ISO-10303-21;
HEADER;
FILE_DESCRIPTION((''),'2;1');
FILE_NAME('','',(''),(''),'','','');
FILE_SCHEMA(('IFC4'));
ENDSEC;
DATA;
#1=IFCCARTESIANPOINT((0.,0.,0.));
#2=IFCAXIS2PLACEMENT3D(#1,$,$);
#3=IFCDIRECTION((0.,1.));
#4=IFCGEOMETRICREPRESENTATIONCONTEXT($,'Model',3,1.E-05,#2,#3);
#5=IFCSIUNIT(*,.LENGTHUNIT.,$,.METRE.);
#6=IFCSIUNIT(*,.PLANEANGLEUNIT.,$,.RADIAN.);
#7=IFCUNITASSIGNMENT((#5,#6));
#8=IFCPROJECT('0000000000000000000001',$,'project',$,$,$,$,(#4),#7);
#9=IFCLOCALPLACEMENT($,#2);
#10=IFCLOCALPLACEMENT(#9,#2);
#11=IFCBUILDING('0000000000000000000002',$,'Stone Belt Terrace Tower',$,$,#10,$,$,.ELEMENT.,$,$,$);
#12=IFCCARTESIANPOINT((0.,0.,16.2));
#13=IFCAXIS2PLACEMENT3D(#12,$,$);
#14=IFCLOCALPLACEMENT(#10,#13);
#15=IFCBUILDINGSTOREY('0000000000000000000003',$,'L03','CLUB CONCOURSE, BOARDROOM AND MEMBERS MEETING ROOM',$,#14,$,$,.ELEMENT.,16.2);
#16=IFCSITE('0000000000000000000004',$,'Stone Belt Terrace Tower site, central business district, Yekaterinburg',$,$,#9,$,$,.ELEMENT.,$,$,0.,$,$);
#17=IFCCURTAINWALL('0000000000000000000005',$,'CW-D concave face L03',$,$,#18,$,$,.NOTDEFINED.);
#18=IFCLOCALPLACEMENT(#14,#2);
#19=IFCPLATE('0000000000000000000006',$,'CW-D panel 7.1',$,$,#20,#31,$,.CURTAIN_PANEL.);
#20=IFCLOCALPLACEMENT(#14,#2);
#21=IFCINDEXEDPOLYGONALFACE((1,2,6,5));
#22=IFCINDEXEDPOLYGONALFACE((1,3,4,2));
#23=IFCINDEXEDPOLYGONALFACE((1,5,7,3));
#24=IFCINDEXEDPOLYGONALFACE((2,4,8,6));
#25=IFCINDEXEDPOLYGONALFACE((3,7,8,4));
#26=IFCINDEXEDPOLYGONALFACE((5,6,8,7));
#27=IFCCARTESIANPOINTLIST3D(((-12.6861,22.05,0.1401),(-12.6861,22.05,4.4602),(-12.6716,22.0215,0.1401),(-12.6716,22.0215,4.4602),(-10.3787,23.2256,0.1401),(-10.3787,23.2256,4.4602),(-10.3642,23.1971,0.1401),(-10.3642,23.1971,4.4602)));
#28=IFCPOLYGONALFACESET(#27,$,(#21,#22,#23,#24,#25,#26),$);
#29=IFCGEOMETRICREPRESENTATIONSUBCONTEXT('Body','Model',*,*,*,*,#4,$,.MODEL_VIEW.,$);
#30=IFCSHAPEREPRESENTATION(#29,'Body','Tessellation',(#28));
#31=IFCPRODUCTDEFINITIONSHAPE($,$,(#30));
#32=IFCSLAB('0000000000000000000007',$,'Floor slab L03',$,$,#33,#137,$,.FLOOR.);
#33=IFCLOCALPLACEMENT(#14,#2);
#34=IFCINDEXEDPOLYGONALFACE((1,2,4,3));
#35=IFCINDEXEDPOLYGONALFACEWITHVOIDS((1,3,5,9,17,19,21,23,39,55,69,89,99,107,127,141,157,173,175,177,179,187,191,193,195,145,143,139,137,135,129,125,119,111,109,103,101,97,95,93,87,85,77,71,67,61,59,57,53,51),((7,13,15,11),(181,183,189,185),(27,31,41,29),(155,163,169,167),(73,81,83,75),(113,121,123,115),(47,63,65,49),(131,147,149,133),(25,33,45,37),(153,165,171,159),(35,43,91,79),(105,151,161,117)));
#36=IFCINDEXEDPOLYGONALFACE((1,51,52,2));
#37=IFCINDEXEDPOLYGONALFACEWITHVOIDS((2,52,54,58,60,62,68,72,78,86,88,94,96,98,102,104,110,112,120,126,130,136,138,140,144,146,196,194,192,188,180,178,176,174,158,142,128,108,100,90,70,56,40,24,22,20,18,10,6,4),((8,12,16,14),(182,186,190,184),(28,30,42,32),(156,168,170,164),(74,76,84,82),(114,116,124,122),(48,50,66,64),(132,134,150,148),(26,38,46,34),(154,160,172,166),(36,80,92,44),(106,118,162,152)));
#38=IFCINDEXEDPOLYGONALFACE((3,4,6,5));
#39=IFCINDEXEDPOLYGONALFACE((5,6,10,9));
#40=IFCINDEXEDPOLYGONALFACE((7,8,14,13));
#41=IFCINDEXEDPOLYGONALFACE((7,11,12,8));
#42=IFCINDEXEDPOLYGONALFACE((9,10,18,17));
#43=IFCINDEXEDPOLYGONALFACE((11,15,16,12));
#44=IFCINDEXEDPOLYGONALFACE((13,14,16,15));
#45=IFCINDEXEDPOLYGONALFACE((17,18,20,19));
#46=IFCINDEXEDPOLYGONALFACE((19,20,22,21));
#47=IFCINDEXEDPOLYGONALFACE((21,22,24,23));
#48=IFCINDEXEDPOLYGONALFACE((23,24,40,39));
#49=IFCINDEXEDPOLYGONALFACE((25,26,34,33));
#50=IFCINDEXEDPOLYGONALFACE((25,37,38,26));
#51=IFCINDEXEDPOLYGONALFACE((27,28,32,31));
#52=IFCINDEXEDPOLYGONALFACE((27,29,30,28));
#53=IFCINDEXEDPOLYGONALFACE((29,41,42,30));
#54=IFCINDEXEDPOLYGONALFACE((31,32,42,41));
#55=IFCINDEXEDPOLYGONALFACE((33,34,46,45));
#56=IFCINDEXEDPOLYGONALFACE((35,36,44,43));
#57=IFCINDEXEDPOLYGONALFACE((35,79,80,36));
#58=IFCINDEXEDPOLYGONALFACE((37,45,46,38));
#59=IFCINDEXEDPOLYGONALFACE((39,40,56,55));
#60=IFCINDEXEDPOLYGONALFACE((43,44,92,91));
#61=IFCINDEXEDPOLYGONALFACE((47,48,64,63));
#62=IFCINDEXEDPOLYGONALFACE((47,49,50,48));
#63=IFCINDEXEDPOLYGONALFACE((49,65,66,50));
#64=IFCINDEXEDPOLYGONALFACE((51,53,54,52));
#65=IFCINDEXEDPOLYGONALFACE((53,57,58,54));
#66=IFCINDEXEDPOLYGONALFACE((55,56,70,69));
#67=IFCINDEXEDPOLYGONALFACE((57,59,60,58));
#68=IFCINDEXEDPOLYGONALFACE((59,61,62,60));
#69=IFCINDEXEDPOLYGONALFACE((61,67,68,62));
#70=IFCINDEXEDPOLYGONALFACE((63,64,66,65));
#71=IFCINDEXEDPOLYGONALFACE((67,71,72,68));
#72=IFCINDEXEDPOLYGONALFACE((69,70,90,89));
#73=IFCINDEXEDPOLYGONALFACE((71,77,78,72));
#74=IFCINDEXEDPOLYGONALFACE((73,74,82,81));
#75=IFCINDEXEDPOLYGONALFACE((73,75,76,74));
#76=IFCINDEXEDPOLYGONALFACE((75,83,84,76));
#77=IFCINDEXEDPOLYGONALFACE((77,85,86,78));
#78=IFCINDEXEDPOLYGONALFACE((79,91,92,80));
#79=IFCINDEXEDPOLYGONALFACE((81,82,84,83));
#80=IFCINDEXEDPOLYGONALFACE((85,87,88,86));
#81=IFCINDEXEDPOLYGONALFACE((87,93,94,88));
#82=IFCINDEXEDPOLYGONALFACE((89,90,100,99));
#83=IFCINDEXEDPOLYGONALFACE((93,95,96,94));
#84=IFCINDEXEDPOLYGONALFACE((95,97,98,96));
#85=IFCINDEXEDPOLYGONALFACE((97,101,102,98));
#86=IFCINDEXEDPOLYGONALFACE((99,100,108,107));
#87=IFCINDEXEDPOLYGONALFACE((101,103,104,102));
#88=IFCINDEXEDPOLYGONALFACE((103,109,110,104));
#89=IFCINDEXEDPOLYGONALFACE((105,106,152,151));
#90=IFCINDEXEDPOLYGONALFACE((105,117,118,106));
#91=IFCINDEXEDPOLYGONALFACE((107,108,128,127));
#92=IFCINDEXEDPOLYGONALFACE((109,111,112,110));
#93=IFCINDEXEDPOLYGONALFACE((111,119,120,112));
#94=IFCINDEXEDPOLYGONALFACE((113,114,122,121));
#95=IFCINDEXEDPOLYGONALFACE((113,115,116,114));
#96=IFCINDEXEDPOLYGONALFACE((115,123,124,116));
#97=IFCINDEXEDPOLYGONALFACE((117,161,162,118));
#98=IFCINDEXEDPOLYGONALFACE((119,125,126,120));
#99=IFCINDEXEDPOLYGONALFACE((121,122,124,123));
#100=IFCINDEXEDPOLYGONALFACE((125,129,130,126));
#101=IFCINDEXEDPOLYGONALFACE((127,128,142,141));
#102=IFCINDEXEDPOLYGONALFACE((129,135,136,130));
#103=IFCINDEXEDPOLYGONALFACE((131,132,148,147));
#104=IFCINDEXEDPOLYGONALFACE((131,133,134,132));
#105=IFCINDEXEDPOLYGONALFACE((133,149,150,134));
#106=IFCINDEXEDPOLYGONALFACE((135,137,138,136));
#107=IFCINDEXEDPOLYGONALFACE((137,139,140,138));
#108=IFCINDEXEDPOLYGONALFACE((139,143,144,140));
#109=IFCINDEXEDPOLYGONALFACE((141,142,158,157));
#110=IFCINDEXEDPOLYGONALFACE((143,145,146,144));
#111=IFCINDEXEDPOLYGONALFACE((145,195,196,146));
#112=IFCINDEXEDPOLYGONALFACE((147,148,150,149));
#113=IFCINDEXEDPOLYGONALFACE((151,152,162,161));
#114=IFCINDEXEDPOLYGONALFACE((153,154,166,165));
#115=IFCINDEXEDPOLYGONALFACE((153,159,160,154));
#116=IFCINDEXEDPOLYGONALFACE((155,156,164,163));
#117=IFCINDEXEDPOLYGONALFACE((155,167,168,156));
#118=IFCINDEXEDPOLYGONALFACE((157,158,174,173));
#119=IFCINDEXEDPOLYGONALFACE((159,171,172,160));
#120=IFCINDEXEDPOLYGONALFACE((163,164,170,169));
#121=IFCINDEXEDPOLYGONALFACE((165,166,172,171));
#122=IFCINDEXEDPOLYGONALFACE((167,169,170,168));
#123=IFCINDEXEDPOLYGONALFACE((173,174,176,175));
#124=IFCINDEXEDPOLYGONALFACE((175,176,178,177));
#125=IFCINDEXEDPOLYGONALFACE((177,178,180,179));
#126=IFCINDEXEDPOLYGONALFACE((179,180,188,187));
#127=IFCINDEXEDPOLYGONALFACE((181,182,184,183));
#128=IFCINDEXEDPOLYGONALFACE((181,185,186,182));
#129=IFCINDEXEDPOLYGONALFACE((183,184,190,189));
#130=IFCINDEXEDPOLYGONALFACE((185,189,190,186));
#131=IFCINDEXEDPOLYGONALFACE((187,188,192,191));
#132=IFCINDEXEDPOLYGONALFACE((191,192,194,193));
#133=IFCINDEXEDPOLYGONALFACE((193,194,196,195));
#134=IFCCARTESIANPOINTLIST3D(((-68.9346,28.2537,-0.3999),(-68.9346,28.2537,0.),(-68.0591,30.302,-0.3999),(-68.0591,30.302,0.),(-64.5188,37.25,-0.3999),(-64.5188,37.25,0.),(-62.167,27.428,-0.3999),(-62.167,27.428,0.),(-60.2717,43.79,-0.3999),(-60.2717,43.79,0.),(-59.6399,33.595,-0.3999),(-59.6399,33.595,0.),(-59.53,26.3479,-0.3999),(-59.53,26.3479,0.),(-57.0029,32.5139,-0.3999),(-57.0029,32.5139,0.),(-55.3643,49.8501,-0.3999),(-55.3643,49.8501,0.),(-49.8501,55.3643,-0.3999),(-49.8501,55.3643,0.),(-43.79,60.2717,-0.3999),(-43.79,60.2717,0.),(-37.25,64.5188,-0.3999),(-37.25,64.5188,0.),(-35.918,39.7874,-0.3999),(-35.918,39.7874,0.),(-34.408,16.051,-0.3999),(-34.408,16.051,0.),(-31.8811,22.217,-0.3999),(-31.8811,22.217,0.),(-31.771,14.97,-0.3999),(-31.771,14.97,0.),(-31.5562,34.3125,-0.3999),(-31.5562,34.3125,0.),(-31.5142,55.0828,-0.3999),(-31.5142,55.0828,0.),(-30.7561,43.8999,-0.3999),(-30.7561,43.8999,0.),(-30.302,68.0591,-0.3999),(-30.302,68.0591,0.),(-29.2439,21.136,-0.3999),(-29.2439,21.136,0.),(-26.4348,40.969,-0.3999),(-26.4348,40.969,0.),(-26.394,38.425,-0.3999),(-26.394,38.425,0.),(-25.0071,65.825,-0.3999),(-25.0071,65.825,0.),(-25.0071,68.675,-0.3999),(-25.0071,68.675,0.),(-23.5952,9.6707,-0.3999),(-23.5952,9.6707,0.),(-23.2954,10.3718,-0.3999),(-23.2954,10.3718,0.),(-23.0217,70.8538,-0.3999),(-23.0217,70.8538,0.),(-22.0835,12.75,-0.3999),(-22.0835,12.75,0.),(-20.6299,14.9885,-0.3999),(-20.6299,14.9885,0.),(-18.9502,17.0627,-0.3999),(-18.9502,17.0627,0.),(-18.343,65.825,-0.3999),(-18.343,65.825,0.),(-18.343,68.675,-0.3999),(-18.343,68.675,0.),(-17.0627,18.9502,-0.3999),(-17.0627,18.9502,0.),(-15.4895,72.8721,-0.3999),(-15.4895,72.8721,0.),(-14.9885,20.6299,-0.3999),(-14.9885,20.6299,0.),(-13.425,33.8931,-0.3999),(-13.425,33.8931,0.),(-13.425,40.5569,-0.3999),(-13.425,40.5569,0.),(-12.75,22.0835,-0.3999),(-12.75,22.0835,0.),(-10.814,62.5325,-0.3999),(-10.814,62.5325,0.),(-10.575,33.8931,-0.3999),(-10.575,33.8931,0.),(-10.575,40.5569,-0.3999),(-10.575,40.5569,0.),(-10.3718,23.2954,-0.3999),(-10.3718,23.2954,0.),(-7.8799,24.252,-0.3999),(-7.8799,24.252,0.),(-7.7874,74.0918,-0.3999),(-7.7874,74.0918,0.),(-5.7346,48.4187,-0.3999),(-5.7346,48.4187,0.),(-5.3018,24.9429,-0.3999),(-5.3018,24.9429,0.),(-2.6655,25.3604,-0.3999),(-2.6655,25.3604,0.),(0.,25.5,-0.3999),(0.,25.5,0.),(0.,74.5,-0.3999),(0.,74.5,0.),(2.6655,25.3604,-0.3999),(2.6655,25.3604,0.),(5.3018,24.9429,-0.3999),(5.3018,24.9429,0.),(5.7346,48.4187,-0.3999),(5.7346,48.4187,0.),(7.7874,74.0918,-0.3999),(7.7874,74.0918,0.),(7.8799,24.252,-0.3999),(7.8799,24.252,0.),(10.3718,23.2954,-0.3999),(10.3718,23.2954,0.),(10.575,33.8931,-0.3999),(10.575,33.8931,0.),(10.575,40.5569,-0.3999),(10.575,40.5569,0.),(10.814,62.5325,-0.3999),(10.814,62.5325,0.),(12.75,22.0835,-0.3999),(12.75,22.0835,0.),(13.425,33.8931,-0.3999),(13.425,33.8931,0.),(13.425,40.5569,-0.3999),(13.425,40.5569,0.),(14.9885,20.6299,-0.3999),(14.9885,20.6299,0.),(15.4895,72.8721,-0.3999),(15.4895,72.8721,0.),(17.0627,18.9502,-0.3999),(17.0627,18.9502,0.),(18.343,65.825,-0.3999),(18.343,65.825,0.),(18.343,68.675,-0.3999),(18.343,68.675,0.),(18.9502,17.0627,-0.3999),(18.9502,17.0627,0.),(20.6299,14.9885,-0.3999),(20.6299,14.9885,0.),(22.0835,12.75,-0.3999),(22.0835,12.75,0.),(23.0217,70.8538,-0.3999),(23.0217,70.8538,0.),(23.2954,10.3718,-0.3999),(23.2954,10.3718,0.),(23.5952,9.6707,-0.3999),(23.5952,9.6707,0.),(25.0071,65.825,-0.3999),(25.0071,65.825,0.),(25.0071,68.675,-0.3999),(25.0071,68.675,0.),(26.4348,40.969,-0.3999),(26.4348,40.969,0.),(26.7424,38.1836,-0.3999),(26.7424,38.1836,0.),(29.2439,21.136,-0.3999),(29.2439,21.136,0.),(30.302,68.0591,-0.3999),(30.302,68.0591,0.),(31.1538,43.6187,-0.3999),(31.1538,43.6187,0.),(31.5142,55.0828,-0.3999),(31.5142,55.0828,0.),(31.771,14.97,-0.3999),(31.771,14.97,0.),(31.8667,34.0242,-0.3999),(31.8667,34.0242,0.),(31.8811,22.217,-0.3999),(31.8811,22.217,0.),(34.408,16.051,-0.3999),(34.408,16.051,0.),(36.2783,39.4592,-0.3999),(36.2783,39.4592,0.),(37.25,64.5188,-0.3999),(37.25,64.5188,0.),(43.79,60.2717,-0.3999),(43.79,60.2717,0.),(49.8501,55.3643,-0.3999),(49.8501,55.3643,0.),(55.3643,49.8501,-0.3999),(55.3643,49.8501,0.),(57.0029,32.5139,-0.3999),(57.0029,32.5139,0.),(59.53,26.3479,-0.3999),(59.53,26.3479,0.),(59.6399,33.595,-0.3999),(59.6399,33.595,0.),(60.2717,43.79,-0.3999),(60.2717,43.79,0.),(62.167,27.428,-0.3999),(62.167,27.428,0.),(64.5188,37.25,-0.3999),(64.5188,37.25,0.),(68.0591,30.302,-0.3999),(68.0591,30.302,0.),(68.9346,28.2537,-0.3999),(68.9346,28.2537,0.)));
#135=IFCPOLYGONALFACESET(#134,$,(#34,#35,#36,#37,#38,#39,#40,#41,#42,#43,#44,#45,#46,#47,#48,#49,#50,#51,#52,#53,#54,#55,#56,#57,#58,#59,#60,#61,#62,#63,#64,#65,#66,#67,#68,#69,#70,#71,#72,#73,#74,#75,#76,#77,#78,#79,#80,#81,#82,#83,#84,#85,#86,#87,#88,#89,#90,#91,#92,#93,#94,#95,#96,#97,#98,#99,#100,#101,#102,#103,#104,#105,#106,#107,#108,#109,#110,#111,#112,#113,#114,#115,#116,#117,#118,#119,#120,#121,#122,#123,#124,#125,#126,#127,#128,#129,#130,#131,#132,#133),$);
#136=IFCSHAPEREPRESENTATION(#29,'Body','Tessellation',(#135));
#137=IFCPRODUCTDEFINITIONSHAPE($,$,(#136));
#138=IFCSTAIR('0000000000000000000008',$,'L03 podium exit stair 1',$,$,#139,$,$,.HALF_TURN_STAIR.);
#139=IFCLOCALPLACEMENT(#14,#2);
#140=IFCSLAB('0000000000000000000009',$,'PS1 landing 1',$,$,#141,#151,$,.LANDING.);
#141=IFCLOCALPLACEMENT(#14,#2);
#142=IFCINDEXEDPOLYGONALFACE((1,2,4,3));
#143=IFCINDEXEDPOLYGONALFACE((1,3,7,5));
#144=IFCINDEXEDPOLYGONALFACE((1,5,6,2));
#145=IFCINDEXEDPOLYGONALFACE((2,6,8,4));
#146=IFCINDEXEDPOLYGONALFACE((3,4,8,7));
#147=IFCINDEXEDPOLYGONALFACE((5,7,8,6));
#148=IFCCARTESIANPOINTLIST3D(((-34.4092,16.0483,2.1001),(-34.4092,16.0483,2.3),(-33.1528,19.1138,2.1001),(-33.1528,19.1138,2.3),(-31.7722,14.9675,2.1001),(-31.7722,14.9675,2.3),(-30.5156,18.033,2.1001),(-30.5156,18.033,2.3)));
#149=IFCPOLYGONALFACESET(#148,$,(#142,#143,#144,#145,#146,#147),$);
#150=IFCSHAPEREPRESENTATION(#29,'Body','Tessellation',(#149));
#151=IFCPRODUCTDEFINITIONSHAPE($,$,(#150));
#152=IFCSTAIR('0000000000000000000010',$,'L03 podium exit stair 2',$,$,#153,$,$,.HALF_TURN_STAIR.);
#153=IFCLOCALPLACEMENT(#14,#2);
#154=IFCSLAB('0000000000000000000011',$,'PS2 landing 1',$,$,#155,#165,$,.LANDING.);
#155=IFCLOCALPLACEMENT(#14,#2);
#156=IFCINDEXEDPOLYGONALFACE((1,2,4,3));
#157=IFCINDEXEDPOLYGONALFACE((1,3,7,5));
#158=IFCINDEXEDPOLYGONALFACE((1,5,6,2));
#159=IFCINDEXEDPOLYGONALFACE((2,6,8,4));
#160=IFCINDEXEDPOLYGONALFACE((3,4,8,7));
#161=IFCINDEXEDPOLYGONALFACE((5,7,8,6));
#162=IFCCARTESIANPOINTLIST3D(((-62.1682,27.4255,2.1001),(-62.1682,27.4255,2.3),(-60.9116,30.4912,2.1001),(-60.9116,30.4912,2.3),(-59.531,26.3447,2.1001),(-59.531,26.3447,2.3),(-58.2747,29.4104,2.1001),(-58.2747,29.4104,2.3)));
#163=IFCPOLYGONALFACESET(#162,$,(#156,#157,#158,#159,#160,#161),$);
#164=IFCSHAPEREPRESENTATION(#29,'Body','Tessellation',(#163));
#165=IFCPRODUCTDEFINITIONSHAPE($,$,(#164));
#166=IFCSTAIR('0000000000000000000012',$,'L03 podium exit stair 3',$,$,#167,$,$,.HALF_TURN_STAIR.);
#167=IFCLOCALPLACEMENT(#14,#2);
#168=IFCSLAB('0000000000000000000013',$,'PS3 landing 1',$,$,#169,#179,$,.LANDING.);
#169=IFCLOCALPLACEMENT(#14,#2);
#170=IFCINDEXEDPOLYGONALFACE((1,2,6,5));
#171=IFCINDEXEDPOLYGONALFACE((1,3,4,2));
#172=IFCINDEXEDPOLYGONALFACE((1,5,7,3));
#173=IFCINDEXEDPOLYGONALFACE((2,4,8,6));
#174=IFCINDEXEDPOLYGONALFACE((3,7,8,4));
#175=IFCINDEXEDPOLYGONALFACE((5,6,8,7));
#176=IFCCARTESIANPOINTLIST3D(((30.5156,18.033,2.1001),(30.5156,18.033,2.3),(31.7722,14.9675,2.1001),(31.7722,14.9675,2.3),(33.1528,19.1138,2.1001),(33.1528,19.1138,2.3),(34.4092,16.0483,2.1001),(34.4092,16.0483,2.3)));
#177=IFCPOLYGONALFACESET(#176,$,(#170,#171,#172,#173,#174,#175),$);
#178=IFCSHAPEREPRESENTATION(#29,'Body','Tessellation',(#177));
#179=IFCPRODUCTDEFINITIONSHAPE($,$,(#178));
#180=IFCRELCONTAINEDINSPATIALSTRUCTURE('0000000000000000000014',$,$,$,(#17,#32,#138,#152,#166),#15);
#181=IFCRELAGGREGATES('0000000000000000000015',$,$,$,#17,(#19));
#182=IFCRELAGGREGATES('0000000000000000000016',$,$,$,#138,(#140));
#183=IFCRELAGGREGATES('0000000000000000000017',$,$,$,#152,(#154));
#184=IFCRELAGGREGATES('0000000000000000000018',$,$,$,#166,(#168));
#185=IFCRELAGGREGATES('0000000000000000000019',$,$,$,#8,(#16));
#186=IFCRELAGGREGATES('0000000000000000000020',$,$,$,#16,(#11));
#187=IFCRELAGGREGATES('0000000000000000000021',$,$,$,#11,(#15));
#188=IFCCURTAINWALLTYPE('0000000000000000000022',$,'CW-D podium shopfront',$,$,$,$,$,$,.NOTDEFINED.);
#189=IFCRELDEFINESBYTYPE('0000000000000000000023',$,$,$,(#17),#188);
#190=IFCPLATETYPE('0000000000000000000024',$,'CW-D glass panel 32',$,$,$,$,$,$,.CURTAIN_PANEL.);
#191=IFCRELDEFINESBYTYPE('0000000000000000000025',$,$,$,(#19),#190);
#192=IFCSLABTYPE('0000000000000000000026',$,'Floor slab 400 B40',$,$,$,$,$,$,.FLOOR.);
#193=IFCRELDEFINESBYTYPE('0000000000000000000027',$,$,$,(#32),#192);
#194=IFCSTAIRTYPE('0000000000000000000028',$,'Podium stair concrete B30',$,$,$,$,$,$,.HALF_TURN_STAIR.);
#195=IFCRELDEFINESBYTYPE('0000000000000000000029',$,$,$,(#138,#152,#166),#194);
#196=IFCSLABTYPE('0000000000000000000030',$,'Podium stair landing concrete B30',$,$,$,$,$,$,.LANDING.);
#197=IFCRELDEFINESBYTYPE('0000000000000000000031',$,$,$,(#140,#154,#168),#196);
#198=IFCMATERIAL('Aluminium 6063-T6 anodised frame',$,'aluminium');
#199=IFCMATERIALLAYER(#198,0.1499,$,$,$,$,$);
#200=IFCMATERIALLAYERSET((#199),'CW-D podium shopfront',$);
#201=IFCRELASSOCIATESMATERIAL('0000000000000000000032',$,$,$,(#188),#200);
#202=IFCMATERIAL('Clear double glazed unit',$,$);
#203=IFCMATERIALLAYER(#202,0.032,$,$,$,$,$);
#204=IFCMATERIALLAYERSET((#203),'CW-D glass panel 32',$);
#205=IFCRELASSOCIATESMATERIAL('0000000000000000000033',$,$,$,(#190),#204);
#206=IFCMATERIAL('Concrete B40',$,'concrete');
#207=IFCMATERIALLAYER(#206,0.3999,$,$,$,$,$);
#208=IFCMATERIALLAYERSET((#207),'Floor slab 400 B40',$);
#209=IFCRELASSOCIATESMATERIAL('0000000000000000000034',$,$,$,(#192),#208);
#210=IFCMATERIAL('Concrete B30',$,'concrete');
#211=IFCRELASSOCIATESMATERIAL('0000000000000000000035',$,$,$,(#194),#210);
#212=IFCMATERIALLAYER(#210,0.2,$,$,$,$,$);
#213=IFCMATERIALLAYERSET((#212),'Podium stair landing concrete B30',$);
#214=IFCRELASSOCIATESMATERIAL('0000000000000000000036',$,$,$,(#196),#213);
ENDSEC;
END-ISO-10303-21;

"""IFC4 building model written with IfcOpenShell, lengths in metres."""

from ifc_helpers import new_model, si_unit, direction, frame, origin, origin_2d, place, context, subcontext, project, spatial, polyline, rectangle, outline, extrude, material, layer, layer_set, type_object, element, aggregate, save


model = new_model("IFC4")

# Units and contexts
model_context = context("Model", 3, precision=1e-05, world=origin(), true_north=direction((0.0, 1.0)))
body_context = subcontext(model_context, "Body", "Model", "MODEL_VIEW")
ifc_project = project(units=[si_unit("LENGTHUNIT", "METRE"), si_unit("PLANEANGLEUNIT", "RADIAN")], contexts=[model_context])

# Site, building, storey
site_placement = place(None, origin())
site = spatial("IfcSite", under=ifc_project, at=site_placement, Name="Stone Belt Terrace Tower site, central business district, Yekaterinburg", CompositionType="ELEMENT", RefElevation=0.0)
building_placement = place(site_placement, origin())
building = spatial("IfcBuilding", under=site, at=building_placement, Name="Stone Belt Terrace Tower", CompositionType="ELEMENT")
storey_placement = place(building_placement, frame((0.0, 0.0, 16.2)))
storey = spatial("IfcBuildingStorey", under=building, at=storey_placement, Name="L03", Description="CLUB CONCOURSE, BOARDROOM AND MEMBERS MEETING ROOM", CompositionType="ELEMENT", Elevation=16.2)

# Curtain wall, plate
ifc_material_1 = material(Name="Aluminium 6063-T6 anodised frame", Category="aluminium")
ifc_layer_1 = layer(ifc_material_1, 0.1499)
ifc_layer_set_1 = layer_set([ifc_layer_1], Name="CW-D podium shopfront")
curtain_wall_type = type_object("IfcCurtainWallType", Name="CW-D podium shopfront", PredefinedType="NOTDEFINED", material=ifc_layer_set_1)
curtain_wall_placement = place(storey_placement, origin())
curtain_wall = element("IfcCurtainWall", 1, at=curtain_wall_placement, inside=storey, type_object=curtain_wall_type, Name="CW-D concave face L03", PredefinedType="NOTDEFINED")
ifc_material_2 = material(Name="Clear double glazed unit")
ifc_layer_2 = layer(ifc_material_2, 0.032)
ifc_layer_set_2 = layer_set([ifc_layer_2], Name="CW-D glass panel 32")
plate_type = type_object("IfcPlateType", Name="CW-D glass panel 32", PredefinedType="CURTAIN_PANEL", material=ifc_layer_set_2)
plate_1_placement = place(storey_placement, frame((-11.5251, 22.6235, 0.1401), z_axis=(0.0, 0.0, 1.0), x_axis=(0.891007, 0.45399, 0.0)))
plate_1 = element("IfcPlate", 2, at=plate_1_placement, type_object=plate_type, Name="CW-D panel 7.1", PredefinedType="CURTAIN_PANEL", context=body_context, shape_type="SweptSolid", body=[
    extrude(rectangle(XDim=2.5896, YDim=0.032, at=origin_2d()), origin(), (0.0, 0.0, 1.0), 4.3201),
])
aggregate(curtain_wall, [plate_1])

# Slab
ifc_material_3 = material(Name="Concrete B40", Category="concrete")
ifc_layer_3 = layer(ifc_material_3, 0.3999)
ifc_layer_set_3 = layer_set([ifc_layer_3], Name="Floor slab 400 B40")
slab_type_1 = type_object("IfcSlabType", Name="Floor slab 400 B40", PredefinedType="FLOOR", material=ifc_layer_set_3)
slab_1_placement = place(storey_placement, frame((0.0, 0.0, -0.3999)))
element("IfcSlab", 3, at=slab_1_placement, inside=storey, type_object=slab_type_1, Name="Floor slab L03", PredefinedType="FLOOR", context=body_context, shape_type="SweptSolid", body=[
    extrude(outline(polyline([(-7.7874, 74.0918), (0.0, 74.5), (7.7874, 74.0918), (15.4895, 72.8721), (23.0217, 70.8538), (30.302, 68.0591), (37.25, 64.5188), (43.79, 60.2717), (49.8501, 55.3643), (55.3643, 49.8501), (60.2717, 43.79), (64.5188, 37.25), (68.0591, 30.302), (68.9346, 28.2537), (23.5952, 9.6707), (23.2954, 10.3718), (22.0835, 12.75), (20.6299, 14.9885), (18.9502, 17.0627), (17.0627, 18.9502), (14.9885, 20.6299), (12.75, 22.0835), (10.3718, 23.2954), (7.8799, 24.252), (5.3018, 24.9429), (2.6655, 25.3604), (0.0, 25.5), (-2.6655, 25.3604), (-5.3018, 24.9429), (-7.8799, 24.252), (-10.3718, 23.2954), (-12.75, 22.0835), (-14.9885, 20.6299), (-17.0627, 18.9502), (-18.9502, 17.0627), (-20.6299, 14.9885), (-22.0835, 12.75), (-23.2954, 10.3718), (-23.5952, 9.6707), (-68.9346, 28.2537), (-68.0591, 30.302), (-64.5188, 37.25), (-60.2717, 43.79), (-55.3643, 49.8501), (-49.8501, 55.3643), (-43.79, 60.2717), (-37.25, 64.5188), (-30.302, 68.0591), (-23.0217, 70.8538), (-15.4895, 72.8721), (-7.7874, 74.0918)]), holes=[polyline([(-26.4348, 40.969), (-5.7346, 48.4187), (-10.814, 62.5325), (-31.5142, 55.0828), (-26.4348, 40.969)]), polyline([(10.814, 62.5325), (5.7346, 48.4187), (26.4348, 40.969), (31.5142, 55.0828), (10.814, 62.5325)]), polyline([(-31.771, 14.97), (-29.2439, 21.136), (-31.8811, 22.217), (-34.408, 16.051), (-31.771, 14.97)]), polyline([(-62.167, 27.428), (-59.53, 26.3479), (-57.0029, 32.5139), (-59.6399, 33.595), (-62.167, 27.428)]), polyline([(29.2439, 21.136), (31.771, 14.97), (34.408, 16.051), (31.8811, 22.217), (29.2439, 21.136)]), polyline([(59.6399, 33.595), (57.0029, 32.5139), (59.53, 26.3479), (62.167, 27.428), (59.6399, 33.595)]), polyline([(-13.425, 40.5569), (-13.425, 33.8931), (-10.575, 33.8931), (-10.575, 40.5569), (-13.425, 40.5569)]), polyline([(13.425, 40.5569), (10.575, 40.5569), (10.575, 33.8931), (13.425, 33.8931), (13.425, 40.5569)]), polyline([(-18.343, 68.675), (-25.0071, 68.675), (-25.0071, 65.825), (-18.343, 65.825), (-18.343, 68.675)]), polyline([(18.343, 68.675), (18.343, 65.825), (25.0071, 65.825), (25.0071, 68.675), (18.343, 68.675)]), polyline([(-35.918, 39.7874), (-31.5562, 34.3125), (-26.394, 38.425), (-30.7561, 43.8999), (-35.918, 39.7874)]), polyline([(36.2783, 39.4592), (31.1538, 43.6187), (26.7424, 38.1836), (31.8667, 34.0242), (36.2783, 39.4592)])]), origin(), (0.0, 0.0, 1.0), 0.3999),
])

# Stairs, slabs
ifc_material_4 = material(Name="Concrete B30", Category="concrete")
stair_type = type_object("IfcStairType", Name="Podium stair concrete B30", PredefinedType="HALF_TURN_STAIR", material=ifc_material_4)
stair_1_placement = place(storey_placement, origin())
stair_1 = element("IfcStair", 4, at=stair_1_placement, inside=storey, type_object=stair_type, Name="L03 podium exit stair 1", PredefinedType="HALF_TURN_STAIR")
ifc_layer_4 = layer(ifc_material_4, 0.2)
ifc_layer_set_4 = layer_set([ifc_layer_4], Name="Podium stair landing concrete B30")
slab_type_2 = type_object("IfcSlabType", Name="Podium stair landing concrete B30", PredefinedType="LANDING", material=ifc_layer_set_4)
slab_2_placement = place(storey_placement, frame((0.0, 0.0, 2.1001)))
slab_2 = element("IfcSlab", 5, at=slab_2_placement, type_object=slab_type_2, Name="PS1 landing 1", PredefinedType="LANDING", context=body_context, shape_type="SweptSolid", body=[
    extrude(outline(polyline([(-33.1528, 19.1138), (-34.4092, 16.0483), (-31.7722, 14.9675), (-30.5156, 18.033), (-33.1528, 19.1138)])), origin(), (0.0, 0.0, 1.0), 0.2),
])
aggregate(stair_1, [slab_2])
stair_2_placement = place(storey_placement, origin())
stair_2 = element("IfcStair", 6, at=stair_2_placement, inside=storey, type_object=stair_type, Name="L03 podium exit stair 2", PredefinedType="HALF_TURN_STAIR")
slab_3_placement = place(storey_placement, frame((0.0, 0.0, 2.1001)))
slab_3 = element("IfcSlab", 7, at=slab_3_placement, type_object=slab_type_2, Name="PS2 landing 1", PredefinedType="LANDING", context=body_context, shape_type="SweptSolid", body=[
    extrude(outline(polyline([(-60.9116, 30.4912), (-62.1682, 27.4255), (-59.531, 26.3447), (-58.2747, 29.4104), (-60.9116, 30.4912)])), origin(), (0.0, 0.0, 1.0), 0.2),
])
aggregate(stair_2, [slab_3])
stair_3_placement = place(storey_placement, origin())
stair_3 = element("IfcStair", 8, at=stair_3_placement, inside=storey, type_object=stair_type, Name="L03 podium exit stair 3", PredefinedType="HALF_TURN_STAIR")
slab_4_placement = place(storey_placement, frame((0.0, 0.0, 2.1001)))
slab_4 = element("IfcSlab", 9, at=slab_4_placement, type_object=slab_type_2, Name="PS3 landing 1", PredefinedType="LANDING", context=body_context, shape_type="SweptSolid", body=[
    extrude(outline(polyline([(30.5156, 18.033), (31.7722, 14.9675), (34.4092, 16.0483), (33.1528, 19.1138), (30.5156, 18.033)])), origin(), (0.0, 0.0, 1.0), 0.2),
])
aggregate(stair_3, [slab_4])

save(model, "model.ifc")
